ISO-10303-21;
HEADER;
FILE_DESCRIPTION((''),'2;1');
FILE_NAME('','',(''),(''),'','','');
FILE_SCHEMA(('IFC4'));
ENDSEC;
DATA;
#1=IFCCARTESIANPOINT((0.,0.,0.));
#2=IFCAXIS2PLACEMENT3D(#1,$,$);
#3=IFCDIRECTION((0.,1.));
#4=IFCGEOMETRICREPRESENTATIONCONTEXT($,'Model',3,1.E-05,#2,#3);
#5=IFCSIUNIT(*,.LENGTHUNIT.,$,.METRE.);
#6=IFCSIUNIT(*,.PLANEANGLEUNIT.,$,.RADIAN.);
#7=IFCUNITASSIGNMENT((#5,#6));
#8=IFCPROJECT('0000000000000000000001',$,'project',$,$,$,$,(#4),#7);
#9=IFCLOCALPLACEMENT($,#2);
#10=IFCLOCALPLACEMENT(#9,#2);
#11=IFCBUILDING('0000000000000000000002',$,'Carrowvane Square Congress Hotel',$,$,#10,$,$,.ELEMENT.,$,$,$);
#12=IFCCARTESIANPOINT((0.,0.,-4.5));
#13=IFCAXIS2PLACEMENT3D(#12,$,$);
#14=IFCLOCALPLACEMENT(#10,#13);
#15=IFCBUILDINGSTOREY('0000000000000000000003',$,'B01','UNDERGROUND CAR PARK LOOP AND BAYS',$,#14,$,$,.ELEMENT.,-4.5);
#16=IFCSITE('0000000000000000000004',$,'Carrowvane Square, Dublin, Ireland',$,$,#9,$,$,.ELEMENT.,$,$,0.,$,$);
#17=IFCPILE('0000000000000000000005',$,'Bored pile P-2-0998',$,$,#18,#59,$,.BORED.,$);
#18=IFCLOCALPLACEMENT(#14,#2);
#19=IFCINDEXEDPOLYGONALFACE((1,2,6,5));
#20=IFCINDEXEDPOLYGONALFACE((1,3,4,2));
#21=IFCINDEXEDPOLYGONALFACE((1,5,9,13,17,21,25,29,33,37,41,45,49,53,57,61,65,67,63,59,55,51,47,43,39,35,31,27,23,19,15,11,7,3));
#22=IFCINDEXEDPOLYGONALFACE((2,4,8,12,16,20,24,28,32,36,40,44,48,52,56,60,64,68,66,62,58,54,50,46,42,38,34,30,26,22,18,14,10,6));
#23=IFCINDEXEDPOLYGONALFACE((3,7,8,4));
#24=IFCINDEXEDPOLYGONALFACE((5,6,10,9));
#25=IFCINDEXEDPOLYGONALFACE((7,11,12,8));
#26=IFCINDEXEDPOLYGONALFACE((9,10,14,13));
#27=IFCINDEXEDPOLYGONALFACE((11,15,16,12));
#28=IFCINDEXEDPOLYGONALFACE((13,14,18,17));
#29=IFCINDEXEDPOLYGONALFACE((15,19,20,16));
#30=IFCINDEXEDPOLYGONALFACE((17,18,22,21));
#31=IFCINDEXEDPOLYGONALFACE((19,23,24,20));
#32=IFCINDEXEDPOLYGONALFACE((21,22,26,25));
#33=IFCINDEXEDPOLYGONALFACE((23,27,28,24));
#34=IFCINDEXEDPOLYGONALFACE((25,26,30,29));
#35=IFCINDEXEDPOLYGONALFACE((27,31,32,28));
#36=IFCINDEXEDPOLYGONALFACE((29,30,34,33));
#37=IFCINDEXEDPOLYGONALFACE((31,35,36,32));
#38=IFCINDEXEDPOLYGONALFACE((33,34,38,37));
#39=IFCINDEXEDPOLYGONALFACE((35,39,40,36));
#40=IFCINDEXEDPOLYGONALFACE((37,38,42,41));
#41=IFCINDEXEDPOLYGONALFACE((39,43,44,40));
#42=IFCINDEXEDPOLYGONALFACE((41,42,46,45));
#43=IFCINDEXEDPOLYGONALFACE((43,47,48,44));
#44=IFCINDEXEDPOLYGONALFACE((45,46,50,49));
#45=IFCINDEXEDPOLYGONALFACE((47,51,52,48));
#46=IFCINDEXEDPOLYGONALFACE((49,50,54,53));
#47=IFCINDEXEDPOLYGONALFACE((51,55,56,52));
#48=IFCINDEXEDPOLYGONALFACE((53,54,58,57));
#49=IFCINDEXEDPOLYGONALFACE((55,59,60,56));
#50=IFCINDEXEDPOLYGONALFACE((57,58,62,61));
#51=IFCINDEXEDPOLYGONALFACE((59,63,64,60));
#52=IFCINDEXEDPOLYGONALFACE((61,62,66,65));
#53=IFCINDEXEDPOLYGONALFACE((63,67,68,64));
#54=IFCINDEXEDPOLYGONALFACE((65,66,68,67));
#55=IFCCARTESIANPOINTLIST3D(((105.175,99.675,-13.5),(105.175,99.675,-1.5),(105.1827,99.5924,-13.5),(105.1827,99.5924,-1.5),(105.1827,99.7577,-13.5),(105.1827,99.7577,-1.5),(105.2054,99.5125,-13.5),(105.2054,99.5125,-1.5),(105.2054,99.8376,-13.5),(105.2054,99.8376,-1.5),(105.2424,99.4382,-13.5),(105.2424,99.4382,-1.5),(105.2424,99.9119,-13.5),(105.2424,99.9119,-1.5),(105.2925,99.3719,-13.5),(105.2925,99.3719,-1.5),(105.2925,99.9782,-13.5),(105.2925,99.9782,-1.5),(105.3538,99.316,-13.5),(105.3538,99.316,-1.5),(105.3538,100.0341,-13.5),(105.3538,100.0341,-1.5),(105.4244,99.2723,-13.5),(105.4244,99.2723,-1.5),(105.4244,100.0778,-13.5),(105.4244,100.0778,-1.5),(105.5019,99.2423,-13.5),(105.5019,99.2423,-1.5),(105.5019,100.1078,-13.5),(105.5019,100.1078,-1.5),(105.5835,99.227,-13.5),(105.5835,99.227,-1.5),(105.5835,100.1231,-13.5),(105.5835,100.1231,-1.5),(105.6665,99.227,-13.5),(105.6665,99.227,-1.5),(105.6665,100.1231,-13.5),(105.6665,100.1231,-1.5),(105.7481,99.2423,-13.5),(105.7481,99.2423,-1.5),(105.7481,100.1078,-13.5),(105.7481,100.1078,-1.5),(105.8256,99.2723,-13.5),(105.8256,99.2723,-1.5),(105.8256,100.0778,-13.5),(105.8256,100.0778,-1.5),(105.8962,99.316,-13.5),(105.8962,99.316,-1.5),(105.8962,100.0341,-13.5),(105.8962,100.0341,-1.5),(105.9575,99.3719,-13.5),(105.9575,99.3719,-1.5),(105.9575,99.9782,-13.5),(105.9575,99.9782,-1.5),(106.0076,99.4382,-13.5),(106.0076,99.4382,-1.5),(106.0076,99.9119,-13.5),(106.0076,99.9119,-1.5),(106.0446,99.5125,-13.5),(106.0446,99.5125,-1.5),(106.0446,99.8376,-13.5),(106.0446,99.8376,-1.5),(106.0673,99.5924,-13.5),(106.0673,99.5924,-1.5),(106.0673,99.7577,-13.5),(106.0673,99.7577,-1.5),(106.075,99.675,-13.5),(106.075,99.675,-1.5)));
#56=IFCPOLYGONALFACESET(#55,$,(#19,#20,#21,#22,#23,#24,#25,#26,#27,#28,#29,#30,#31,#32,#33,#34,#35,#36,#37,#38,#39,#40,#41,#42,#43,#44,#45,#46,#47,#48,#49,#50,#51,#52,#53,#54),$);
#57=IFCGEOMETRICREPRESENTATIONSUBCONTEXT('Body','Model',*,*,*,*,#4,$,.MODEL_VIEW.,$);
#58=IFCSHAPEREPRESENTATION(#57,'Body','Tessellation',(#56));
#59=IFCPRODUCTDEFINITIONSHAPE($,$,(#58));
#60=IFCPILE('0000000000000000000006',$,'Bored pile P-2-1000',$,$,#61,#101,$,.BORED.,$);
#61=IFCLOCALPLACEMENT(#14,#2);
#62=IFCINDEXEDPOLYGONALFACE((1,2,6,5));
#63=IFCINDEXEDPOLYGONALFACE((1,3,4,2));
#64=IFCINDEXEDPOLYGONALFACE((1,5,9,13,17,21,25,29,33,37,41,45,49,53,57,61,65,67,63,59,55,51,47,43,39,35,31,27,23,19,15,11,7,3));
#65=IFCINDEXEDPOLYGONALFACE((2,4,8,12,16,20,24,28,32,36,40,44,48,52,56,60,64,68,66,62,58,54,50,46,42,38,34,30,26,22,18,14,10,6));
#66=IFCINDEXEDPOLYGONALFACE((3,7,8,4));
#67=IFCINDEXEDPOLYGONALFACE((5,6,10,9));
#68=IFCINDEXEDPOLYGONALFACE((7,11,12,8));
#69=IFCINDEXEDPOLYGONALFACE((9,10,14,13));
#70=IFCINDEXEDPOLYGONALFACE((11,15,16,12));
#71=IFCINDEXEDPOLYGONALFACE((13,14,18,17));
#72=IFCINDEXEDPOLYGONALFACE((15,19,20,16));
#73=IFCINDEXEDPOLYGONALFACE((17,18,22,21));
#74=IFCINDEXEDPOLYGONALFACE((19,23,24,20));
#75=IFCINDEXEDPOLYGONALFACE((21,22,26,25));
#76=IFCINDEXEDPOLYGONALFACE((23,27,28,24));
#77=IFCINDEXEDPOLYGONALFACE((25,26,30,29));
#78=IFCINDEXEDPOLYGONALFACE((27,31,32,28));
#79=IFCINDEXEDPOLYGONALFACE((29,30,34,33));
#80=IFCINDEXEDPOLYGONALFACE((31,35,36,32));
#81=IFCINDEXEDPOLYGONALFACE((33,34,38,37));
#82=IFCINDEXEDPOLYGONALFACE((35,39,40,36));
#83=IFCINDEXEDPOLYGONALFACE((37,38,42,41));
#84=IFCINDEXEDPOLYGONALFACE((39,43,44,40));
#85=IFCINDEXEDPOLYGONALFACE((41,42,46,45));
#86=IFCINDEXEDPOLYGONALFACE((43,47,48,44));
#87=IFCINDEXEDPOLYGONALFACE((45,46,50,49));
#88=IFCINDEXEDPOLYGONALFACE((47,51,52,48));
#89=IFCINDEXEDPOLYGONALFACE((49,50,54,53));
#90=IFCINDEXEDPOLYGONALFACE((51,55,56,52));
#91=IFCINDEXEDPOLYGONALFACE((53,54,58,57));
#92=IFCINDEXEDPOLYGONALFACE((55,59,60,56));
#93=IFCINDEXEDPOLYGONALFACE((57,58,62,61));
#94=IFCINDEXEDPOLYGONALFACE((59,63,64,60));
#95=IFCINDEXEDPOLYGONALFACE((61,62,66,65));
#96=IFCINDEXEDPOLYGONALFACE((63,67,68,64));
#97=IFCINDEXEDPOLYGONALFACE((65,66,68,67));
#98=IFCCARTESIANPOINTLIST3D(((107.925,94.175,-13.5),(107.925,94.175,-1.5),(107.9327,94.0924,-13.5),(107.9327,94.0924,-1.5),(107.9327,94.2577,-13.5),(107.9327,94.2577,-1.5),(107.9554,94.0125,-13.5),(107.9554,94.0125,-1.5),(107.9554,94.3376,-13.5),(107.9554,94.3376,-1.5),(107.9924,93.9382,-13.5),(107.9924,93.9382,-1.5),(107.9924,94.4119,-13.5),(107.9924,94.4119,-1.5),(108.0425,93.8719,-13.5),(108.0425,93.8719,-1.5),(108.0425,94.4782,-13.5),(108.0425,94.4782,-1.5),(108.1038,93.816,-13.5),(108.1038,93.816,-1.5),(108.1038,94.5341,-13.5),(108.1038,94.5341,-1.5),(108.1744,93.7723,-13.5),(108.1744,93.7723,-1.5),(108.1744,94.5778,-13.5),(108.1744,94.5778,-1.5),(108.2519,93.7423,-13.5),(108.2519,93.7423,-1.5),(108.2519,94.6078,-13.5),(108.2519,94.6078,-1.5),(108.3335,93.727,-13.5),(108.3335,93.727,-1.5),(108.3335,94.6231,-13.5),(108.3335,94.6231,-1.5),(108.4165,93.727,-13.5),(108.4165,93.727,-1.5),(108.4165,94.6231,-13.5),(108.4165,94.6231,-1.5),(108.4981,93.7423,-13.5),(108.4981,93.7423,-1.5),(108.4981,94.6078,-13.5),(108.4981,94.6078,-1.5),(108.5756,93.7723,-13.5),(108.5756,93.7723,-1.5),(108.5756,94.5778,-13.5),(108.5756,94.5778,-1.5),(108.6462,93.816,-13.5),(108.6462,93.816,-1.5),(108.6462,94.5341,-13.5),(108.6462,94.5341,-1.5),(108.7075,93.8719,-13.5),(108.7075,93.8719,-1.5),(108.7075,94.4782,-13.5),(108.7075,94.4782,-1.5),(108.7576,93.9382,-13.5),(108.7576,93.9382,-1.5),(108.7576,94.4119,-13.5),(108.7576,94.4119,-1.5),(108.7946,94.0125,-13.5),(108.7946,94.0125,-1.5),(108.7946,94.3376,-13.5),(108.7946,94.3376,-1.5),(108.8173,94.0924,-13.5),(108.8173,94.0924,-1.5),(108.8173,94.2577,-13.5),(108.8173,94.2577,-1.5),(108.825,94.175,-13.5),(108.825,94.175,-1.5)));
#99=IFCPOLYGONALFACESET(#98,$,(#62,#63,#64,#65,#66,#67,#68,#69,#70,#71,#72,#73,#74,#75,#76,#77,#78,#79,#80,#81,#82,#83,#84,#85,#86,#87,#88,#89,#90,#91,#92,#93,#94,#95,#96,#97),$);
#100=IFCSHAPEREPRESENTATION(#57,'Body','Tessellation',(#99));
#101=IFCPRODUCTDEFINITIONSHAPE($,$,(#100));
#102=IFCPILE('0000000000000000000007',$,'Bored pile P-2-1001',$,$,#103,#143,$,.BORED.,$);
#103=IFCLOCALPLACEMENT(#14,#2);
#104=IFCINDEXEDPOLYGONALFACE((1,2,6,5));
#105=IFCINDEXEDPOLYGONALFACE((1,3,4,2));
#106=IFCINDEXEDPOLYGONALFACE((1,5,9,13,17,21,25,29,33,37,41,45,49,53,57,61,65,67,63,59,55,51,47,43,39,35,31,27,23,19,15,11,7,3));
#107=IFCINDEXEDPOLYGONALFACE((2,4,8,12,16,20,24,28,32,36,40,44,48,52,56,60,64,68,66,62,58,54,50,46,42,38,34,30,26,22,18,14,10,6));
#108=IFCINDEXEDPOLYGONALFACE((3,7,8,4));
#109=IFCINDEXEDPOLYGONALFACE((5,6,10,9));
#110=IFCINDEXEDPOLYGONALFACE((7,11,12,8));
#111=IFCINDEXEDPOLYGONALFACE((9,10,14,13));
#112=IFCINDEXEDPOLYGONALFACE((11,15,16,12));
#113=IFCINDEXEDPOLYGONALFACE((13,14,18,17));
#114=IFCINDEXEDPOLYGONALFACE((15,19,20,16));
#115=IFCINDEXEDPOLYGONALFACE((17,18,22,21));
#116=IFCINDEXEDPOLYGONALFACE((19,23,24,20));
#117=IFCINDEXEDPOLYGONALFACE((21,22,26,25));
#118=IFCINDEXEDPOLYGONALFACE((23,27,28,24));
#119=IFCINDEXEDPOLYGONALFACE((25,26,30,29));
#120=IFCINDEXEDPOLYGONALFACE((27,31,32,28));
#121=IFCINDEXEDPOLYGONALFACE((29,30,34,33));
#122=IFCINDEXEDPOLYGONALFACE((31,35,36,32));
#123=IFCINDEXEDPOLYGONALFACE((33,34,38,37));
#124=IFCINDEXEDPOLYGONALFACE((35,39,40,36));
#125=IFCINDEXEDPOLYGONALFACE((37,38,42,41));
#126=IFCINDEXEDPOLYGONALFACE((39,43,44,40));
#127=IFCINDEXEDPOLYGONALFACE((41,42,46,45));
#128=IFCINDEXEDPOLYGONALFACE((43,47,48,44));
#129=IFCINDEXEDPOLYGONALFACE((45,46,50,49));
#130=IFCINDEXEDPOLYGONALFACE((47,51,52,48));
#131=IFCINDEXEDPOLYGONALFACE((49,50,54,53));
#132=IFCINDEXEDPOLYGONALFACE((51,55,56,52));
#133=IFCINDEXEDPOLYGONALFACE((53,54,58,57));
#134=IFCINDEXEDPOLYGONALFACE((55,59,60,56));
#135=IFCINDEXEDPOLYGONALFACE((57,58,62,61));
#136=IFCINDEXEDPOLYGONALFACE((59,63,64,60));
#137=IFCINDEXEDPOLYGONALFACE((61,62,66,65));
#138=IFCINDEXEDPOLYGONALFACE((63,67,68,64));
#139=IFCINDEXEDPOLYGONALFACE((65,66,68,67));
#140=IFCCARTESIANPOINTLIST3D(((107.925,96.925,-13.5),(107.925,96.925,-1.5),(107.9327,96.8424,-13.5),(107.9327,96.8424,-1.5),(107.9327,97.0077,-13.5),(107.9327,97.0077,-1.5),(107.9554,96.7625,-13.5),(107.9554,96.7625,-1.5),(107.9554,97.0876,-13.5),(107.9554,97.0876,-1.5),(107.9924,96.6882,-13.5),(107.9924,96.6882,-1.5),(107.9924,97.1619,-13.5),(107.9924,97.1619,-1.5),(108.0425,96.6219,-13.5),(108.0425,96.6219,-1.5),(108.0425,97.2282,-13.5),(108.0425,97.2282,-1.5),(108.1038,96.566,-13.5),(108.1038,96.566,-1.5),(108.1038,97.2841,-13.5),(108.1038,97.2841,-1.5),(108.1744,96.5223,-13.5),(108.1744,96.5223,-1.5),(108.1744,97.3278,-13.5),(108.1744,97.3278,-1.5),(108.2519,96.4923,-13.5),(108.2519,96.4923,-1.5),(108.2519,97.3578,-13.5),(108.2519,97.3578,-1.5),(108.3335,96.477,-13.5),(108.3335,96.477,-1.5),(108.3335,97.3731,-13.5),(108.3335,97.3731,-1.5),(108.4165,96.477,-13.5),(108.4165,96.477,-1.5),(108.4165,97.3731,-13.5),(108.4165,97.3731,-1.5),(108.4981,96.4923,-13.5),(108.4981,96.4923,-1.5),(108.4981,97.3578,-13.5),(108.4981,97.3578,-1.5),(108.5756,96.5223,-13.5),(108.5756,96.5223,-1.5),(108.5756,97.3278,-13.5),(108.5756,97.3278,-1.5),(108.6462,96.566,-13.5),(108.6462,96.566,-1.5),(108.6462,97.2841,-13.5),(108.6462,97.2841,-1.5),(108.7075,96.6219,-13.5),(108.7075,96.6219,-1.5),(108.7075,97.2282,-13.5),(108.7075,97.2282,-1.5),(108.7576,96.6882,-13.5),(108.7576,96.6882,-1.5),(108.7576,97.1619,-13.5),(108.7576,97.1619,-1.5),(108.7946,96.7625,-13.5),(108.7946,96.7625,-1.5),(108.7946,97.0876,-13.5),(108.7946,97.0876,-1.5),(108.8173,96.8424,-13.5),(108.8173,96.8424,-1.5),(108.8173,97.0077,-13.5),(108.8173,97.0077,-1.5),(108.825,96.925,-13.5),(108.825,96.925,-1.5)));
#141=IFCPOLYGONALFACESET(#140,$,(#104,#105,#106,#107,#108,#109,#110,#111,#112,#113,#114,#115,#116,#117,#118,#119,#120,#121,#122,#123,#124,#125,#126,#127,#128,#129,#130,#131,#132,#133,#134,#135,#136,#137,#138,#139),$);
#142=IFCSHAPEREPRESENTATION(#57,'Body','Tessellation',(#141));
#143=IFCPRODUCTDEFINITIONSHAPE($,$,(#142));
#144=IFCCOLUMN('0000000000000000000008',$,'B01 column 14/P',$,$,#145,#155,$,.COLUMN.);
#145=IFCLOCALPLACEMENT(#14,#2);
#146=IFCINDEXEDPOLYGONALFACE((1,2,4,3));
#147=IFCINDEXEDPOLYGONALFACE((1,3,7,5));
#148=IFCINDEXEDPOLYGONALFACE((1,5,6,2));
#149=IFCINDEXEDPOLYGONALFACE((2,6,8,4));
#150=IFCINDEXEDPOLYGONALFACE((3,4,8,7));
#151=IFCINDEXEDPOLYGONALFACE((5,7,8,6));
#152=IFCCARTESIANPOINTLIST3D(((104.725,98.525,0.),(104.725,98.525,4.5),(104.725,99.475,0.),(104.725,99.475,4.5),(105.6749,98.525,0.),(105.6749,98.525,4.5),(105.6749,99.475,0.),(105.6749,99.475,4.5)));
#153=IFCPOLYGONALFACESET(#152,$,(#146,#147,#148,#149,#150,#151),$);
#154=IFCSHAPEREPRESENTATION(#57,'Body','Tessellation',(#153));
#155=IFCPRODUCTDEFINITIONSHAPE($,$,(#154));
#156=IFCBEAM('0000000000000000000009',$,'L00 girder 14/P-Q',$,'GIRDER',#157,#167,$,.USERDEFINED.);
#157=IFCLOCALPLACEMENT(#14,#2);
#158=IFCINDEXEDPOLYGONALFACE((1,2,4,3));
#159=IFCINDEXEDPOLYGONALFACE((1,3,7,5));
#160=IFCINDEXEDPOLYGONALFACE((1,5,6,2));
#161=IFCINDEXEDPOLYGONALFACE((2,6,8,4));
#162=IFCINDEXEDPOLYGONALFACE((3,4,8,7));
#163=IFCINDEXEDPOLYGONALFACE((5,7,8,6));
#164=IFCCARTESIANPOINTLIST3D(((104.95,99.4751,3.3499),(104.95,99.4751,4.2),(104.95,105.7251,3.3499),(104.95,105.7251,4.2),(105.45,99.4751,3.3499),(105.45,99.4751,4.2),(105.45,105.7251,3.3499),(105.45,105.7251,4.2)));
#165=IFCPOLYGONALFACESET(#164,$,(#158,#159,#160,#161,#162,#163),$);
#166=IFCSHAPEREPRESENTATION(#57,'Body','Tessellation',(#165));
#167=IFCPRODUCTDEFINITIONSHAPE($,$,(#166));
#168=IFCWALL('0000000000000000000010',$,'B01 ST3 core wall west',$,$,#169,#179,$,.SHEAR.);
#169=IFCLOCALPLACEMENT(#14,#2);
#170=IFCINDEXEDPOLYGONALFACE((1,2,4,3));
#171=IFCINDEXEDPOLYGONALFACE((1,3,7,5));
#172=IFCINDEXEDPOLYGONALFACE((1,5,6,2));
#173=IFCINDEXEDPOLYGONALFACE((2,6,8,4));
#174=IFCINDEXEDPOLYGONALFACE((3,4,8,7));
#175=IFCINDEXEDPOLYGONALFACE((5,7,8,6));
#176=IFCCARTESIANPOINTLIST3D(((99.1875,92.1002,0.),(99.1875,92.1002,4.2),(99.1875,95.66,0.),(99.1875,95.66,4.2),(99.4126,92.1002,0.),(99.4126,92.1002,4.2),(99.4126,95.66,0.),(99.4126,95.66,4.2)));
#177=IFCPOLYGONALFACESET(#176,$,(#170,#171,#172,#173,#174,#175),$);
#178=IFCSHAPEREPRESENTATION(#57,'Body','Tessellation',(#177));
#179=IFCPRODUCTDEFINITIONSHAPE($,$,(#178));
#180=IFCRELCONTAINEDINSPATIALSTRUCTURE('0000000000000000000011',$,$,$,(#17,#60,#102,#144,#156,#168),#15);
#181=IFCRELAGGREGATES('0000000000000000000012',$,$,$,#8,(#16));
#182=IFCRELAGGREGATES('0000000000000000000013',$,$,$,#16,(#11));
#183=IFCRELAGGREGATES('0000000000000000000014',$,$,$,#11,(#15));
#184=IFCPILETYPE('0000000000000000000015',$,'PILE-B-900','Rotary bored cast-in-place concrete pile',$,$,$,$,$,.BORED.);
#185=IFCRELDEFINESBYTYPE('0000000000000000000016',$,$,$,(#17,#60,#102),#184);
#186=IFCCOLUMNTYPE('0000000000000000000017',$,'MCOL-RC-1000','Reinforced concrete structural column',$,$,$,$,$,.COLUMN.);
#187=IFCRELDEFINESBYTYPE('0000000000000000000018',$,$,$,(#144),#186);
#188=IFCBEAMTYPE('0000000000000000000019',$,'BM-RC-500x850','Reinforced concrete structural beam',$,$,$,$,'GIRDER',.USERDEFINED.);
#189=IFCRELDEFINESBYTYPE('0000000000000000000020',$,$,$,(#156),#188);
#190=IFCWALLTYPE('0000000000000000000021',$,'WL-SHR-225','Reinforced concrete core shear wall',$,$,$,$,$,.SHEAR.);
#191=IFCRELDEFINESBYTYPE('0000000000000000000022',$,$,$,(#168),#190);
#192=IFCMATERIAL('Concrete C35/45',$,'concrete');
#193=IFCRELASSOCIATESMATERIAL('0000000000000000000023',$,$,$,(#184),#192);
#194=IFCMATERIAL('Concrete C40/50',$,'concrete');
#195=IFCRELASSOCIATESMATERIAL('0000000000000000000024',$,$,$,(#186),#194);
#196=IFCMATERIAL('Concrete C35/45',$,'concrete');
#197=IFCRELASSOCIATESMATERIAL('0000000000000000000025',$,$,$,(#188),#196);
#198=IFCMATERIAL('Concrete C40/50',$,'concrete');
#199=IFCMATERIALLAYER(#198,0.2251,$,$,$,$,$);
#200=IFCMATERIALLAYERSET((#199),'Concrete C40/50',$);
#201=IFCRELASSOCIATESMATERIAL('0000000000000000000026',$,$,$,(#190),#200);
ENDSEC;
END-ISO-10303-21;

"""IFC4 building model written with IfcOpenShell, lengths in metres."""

from ifc_helpers import new_model, si_unit, direction, frame, frame_2d, origin, origin_2d, place, context, subcontext, project, spatial, rectangle, circle, extrude, material, layer, layer_set, material_profile, profile_set, type_object, element, save


model = new_model("IFC4")

# Units and contexts
model_context = context("Model", 3, precision=1e-05, world=origin(), true_north=direction((0.0, 1.0)))
body_context = subcontext(model_context, "Body", "Model", "MODEL_VIEW")
ifc_project = project(units=[si_unit("LENGTHUNIT", "METRE"), si_unit("PLANEANGLEUNIT", "RADIAN")], contexts=[model_context])

# Site, building, storey
site_placement = place(None, origin())
site = spatial("IfcSite", under=ifc_project, at=site_placement, Name="Carrowvane Square, Dublin, Ireland", CompositionType="ELEMENT", RefElevation=0.0)
building_placement = place(site_placement, origin())
building = spatial("IfcBuilding", under=site, at=building_placement, Name="Carrowvane Square Congress Hotel", CompositionType="ELEMENT")
storey_placement = place(building_placement, frame((0.0, 0.0, -4.5)))
storey = spatial("IfcBuildingStorey", under=building, at=storey_placement, Name="B01", Description="UNDERGROUND CAR PARK LOOP AND BAYS", CompositionType="ELEMENT", Elevation=-4.5)

# Piles
ifc_material_1 = material(Name="Concrete C35/45", Category="concrete")
ifc_material_profile_1 = material_profile(ifc_material_1, circle(Radius=0.45, at=origin_2d()), Name="PILE D900")
ifc_profile_set_1 = profile_set([ifc_material_profile_1], Name="Concrete C35/45")
pile_type = type_object("IfcPileType", Name="PILE-B-900", Description="Rotary bored cast-in-place concrete pile", PredefinedType="BORED", material=ifc_profile_set_1)
for number, where, z_axis, x_axis, name in (
    (1, (105.625, 99.675, -1.5), (0.0, 0.0, -1.0), (1.0, 0.0, 0.0), "Bored pile P-2-0998"),
    (2, (108.375, 94.175, -1.5), (0.0, 0.0, -1.0), (1.0, 0.0, 0.0), "Bored pile P-2-1000"),
    (3, (108.375, 96.925, -1.5), (0.0, 0.0, -1.0), (1.0, 0.0, 0.0), "Bored pile P-2-1001"),
):
    element("IfcPile", number, at=place(storey_placement, frame(where, z_axis=z_axis, x_axis=x_axis)), inside=storey, type_object=pile_type, Name=name, PredefinedType="BORED", context=body_context, shape_type="SweptSolid", body=[
        extrude(circle(Radius=0.45, at=origin_2d()), origin(), (0.0, 0.0, 1.0), 12.0),
    ])

# Column
ifc_material_2 = material(Name="Concrete C40/50", Category="concrete")
ifc_material_profile_2 = material_profile(ifc_material_2, rectangle(XDim=0.95, YDim=0.95, at=origin_2d()), Name="RC 950x950")
ifc_profile_set_2 = profile_set([ifc_material_profile_2], Name="Concrete C40/50")
column_type = type_object("IfcColumnType", Name="MCOL-RC-1000", Description="Reinforced concrete structural column", PredefinedType="COLUMN", material=ifc_profile_set_2)
column_placement = place(storey_placement, frame((105.2, 99.0, 0.0), z_axis=(0.0, 0.0, 1.0), x_axis=(1.0, 0.0, 0.0)))
element("IfcColumn", 4, at=column_placement, inside=storey, type_object=column_type, Name="B01 column 14/P", PredefinedType="COLUMN", context=body_context, shape_type="SweptSolid", body=[
    extrude(rectangle(XDim=0.95, YDim=0.95, at=origin_2d()), origin(), (0.0, 0.0, 1.0), 4.5),
])

# Beam
ifc_material_3 = material(Name="Concrete C35/45", Category="concrete")
ifc_material_profile_3 = material_profile(ifc_material_3, rectangle(XDim=0.5, YDim=0.8501, at=origin_2d()), Name="RC 500x850")
ifc_profile_set_3 = profile_set([ifc_material_profile_3], Name="Concrete C35/45")
beam_type = type_object("IfcBeamType", Name="BM-RC-500x850", Description="Reinforced concrete structural beam", ElementType="GIRDER", PredefinedType="USERDEFINED", material=ifc_profile_set_3)
beam_placement = place(storey_placement, frame((105.2, 99.4751, 3.7749), z_axis=(0.0, 1.0, 0.0), x_axis=(-1.0, 0.0, 0.0)))
element("IfcBeam", 5, at=beam_placement, inside=storey, type_object=beam_type, Name="L00 girder 14/P-Q", ObjectType="GIRDER", PredefinedType="USERDEFINED", context=body_context, shape_type="SweptSolid", body=[
    extrude(rectangle(XDim=0.5, YDim=0.8501, at=origin_2d()), origin(), (0.0, 0.0, 1.0), 6.25),
])

# Wall
ifc_material_4 = material(Name="Concrete C40/50", Category="concrete")
ifc_layer_1 = layer(ifc_material_4, 0.2251)
ifc_layer_set_1 = layer_set([ifc_layer_1], Name="Concrete C40/50")
wall_type_1 = type_object("IfcWallType", Name="WL-SHR-225", Description="Reinforced concrete core shear wall", PredefinedType="SHEAR", material=ifc_layer_set_1)
wall_1_placement = place(storey_placement, frame((99.3, 95.6599, 0.0), z_axis=(0.0, 0.0, 1.0), x_axis=(0.0, -1.0, 0.0)))
element("IfcWall", 6, at=wall_1_placement, inside=storey, type_object=wall_type_1, Name="B01 ST3 core wall west", PredefinedType="SHEAR", context=body_context, shape_type="SweptSolid", body=[
    extrude(rectangle(XDim=3.5598, YDim=0.2251, at=frame_2d((1.7798, 0.0))), origin(), (0.0, 0.0, 1.0), 4.2),
])

save(model, "model.ifc")
